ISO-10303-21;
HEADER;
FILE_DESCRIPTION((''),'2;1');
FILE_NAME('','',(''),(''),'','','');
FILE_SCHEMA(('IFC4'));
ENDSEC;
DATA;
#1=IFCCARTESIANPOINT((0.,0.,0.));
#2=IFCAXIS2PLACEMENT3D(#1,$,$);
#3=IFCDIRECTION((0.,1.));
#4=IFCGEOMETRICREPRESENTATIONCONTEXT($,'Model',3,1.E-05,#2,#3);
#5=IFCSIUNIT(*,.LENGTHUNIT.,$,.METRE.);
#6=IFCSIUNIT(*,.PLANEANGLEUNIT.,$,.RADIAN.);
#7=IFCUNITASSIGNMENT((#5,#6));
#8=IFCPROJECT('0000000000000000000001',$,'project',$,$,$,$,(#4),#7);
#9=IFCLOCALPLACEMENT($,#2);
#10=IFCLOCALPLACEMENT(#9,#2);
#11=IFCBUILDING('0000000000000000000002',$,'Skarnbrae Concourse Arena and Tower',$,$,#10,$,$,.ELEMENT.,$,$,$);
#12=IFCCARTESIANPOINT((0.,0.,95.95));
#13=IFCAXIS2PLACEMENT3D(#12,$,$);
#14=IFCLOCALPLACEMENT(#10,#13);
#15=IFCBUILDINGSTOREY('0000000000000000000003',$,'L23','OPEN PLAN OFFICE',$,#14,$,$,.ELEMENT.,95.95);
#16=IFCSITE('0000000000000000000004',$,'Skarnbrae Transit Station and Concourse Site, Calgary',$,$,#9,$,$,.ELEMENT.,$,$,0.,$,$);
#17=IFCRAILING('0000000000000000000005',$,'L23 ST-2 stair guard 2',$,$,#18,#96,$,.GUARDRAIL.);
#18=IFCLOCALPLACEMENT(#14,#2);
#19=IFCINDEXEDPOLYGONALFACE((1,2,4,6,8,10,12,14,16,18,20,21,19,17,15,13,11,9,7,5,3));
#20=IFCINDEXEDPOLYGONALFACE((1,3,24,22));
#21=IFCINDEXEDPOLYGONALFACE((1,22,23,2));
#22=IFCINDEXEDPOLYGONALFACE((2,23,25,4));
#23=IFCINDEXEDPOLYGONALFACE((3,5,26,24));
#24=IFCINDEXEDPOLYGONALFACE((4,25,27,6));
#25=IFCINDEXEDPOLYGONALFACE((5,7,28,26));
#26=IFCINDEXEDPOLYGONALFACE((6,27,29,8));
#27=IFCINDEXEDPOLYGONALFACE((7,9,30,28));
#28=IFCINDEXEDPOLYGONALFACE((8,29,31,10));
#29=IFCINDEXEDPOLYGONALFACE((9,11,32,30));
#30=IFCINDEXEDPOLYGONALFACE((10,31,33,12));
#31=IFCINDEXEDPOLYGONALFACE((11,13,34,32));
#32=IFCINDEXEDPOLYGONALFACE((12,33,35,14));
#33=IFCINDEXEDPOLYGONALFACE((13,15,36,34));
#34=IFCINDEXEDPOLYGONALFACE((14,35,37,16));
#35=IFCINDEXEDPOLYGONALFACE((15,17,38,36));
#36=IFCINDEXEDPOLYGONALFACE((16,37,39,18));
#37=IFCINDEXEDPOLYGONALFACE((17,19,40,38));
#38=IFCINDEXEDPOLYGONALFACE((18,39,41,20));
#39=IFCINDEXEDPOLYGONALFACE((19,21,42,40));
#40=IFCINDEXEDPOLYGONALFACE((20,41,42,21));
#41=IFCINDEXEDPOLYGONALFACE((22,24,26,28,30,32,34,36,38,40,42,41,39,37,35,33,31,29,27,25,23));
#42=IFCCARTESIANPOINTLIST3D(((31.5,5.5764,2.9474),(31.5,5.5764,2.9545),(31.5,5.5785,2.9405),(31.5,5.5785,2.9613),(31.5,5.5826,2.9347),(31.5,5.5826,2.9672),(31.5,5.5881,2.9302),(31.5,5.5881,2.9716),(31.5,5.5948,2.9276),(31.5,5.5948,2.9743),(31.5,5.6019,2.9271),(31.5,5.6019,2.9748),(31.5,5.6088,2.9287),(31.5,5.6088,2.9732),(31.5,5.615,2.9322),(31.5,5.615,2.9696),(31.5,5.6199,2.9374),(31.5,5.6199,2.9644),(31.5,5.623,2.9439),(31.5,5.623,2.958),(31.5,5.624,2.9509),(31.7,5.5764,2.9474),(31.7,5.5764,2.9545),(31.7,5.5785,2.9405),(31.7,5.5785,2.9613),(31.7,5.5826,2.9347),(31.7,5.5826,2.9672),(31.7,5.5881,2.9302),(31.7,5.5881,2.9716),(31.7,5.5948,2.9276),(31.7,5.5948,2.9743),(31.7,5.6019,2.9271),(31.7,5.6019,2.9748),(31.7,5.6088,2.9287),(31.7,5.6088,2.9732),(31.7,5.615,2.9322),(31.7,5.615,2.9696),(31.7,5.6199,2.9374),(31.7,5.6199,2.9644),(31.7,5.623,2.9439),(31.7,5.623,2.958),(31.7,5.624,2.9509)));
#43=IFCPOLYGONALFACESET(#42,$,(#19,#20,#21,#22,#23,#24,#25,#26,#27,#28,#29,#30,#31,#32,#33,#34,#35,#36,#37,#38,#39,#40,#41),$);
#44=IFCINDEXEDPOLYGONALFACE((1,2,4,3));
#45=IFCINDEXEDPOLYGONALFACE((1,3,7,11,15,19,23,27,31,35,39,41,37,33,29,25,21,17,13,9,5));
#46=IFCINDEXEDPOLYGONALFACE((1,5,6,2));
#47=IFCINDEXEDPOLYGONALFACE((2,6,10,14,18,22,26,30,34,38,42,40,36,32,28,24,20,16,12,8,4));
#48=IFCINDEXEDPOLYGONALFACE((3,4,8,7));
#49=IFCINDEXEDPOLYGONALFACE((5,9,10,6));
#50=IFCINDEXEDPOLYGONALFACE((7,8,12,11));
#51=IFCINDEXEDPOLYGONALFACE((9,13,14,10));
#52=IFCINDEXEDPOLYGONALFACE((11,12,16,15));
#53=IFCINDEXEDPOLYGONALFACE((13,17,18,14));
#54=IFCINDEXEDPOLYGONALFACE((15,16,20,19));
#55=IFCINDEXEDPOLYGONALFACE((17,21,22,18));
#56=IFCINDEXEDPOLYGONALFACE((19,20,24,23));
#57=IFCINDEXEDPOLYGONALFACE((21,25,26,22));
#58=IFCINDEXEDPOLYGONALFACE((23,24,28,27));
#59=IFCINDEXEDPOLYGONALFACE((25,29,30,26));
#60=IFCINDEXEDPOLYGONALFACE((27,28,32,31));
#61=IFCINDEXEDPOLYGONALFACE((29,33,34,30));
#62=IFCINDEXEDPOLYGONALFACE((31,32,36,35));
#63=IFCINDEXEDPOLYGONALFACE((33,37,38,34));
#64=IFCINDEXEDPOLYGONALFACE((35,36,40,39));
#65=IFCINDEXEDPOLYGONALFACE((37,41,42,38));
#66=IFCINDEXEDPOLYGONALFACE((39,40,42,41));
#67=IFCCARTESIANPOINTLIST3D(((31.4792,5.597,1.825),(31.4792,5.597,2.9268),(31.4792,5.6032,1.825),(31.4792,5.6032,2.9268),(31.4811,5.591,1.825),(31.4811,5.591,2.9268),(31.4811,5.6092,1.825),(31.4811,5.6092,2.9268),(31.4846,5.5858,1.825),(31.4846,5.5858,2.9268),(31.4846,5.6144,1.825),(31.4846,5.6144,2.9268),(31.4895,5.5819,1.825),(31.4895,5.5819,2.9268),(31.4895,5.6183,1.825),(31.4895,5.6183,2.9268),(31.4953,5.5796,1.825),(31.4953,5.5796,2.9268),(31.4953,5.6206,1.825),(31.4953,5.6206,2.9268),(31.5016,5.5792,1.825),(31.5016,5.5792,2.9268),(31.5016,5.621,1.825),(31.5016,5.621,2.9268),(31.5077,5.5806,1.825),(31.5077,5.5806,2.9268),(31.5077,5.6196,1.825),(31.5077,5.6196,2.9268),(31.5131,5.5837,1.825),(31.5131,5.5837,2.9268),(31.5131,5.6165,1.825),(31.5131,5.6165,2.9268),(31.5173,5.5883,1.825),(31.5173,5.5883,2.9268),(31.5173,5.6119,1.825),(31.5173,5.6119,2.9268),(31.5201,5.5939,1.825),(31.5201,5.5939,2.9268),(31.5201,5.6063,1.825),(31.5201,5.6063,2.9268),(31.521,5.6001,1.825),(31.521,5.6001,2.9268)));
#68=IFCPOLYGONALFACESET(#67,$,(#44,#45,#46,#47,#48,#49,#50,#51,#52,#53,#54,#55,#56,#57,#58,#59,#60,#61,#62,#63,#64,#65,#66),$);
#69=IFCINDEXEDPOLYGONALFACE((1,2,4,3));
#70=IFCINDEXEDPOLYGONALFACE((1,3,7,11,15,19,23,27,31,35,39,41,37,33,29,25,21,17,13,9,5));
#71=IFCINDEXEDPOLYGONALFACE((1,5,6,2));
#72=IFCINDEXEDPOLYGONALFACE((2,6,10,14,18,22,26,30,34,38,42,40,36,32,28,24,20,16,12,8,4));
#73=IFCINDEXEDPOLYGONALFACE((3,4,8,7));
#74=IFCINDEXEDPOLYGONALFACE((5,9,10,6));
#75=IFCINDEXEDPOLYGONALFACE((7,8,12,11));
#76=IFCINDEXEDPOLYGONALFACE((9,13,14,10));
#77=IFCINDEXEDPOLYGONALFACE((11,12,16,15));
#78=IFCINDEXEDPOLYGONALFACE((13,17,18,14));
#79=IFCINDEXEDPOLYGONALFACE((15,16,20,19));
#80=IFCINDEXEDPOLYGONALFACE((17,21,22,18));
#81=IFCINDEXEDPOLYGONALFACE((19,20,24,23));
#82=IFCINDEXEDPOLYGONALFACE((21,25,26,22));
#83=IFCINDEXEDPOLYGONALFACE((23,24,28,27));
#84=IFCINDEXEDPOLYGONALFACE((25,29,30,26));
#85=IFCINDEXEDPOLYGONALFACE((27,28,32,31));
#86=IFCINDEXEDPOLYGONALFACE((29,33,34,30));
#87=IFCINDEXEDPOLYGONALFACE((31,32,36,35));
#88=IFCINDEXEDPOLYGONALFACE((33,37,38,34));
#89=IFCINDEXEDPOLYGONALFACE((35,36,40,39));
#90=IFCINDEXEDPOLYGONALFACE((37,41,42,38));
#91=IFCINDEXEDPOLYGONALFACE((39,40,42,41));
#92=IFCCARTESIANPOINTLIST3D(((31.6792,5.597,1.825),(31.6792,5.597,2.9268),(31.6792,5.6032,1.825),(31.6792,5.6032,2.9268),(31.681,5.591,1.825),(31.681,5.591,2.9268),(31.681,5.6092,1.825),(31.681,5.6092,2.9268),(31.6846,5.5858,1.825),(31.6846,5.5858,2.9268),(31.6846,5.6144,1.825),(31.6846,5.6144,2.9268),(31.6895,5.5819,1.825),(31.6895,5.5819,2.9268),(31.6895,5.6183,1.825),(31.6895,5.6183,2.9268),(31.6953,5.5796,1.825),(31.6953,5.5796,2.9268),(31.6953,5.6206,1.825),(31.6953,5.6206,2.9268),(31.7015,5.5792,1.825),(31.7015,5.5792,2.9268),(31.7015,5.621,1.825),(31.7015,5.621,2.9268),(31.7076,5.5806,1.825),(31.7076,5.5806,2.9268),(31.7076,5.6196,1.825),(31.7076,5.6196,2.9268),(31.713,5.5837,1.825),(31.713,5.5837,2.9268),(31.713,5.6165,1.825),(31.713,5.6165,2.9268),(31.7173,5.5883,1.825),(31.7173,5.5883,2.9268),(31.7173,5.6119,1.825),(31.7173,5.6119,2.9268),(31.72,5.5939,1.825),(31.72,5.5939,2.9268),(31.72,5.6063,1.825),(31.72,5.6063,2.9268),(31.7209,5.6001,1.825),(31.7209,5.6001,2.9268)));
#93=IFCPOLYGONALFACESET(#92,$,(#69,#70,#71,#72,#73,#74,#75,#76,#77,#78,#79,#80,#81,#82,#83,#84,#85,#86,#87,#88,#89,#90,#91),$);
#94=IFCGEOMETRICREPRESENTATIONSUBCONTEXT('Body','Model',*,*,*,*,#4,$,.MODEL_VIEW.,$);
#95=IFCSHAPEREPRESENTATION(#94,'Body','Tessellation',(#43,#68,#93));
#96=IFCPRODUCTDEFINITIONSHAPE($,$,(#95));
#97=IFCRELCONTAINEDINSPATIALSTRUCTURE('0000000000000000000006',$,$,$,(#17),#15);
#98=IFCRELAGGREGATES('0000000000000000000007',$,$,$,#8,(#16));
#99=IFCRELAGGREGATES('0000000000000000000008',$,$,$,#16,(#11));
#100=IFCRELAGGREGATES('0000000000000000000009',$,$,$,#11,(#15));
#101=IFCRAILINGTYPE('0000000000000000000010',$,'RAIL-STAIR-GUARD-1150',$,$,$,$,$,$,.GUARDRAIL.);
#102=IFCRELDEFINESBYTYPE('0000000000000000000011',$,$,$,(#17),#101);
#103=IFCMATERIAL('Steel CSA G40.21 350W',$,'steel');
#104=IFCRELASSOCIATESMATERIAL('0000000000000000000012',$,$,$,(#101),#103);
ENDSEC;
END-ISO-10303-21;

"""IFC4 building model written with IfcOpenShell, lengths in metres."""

from ifc_helpers import new_model, si_unit, direction, frame, origin, origin_2d, place, context, subcontext, project, spatial, circle, extrude, material, type_object, element, save


model = new_model("IFC4")

# Units and contexts
model_context = context("Model", 3, precision=1e-05, world=origin(), true_north=direction((0.0, 1.0)))
body_context = subcontext(model_context, "Body", "Model", "MODEL_VIEW")
ifc_project = project(units=[si_unit("LENGTHUNIT", "METRE"), si_unit("PLANEANGLEUNIT", "RADIAN")], contexts=[model_context])

# Site, building, storey
site_placement = place(None, origin())
site = spatial("IfcSite", under=ifc_project, at=site_placement, Name="Skarnbrae Transit Station and Concourse Site, Calgary", CompositionType="ELEMENT", RefElevation=0.0)
building_placement = place(site_placement, origin())
building = spatial("IfcBuilding", under=site, at=building_placement, Name="Skarnbrae Concourse Arena and Tower", CompositionType="ELEMENT")
storey_placement = place(building_placement, frame((0.0, 0.0, 95.95)))
storey = spatial("IfcBuildingStorey", under=building, at=storey_placement, Name="L23", Description="OPEN PLAN OFFICE", CompositionType="ELEMENT", Elevation=95.95)

# Shared definitions
ifc_material_1 = material(Name="Steel CSA G40.21 350W", Category="steel")

# Railing
railing_type_1 = type_object("IfcRailingType", Name="RAIL-STAIR-GUARD-1150", PredefinedType="GUARDRAIL", material=ifc_material_1)
railing_1_placement = place(storey_placement, frame((31.5, 5.6001, 1.825)))
element("IfcRailing", 1, at=railing_1_placement, inside=storey, type_object=railing_type_1, Name="L23 ST-2 stair guard 2", PredefinedType="GUARDRAIL", context=body_context, shape_type="SweptSolid", body=[
    extrude(circle(Radius=0.0239, at=origin_2d()), frame((0.0, 0.0, 1.126), z_axis=(1.0, 0.0, 0.0), x_axis=(0.0, 1.0, 0.0)), (0.0, 0.0, 1.0), 0.2),
    extrude(circle(Radius=0.021, at=origin_2d()), origin(), (0.0, 0.0, 1.0), 1.1018),
    extrude(circle(Radius=0.021, at=origin_2d()), frame((0.2, 0.0, 0.0)), (0.0, 0.0, 1.0), 1.1018),
])

save(model, "model.ifc")
